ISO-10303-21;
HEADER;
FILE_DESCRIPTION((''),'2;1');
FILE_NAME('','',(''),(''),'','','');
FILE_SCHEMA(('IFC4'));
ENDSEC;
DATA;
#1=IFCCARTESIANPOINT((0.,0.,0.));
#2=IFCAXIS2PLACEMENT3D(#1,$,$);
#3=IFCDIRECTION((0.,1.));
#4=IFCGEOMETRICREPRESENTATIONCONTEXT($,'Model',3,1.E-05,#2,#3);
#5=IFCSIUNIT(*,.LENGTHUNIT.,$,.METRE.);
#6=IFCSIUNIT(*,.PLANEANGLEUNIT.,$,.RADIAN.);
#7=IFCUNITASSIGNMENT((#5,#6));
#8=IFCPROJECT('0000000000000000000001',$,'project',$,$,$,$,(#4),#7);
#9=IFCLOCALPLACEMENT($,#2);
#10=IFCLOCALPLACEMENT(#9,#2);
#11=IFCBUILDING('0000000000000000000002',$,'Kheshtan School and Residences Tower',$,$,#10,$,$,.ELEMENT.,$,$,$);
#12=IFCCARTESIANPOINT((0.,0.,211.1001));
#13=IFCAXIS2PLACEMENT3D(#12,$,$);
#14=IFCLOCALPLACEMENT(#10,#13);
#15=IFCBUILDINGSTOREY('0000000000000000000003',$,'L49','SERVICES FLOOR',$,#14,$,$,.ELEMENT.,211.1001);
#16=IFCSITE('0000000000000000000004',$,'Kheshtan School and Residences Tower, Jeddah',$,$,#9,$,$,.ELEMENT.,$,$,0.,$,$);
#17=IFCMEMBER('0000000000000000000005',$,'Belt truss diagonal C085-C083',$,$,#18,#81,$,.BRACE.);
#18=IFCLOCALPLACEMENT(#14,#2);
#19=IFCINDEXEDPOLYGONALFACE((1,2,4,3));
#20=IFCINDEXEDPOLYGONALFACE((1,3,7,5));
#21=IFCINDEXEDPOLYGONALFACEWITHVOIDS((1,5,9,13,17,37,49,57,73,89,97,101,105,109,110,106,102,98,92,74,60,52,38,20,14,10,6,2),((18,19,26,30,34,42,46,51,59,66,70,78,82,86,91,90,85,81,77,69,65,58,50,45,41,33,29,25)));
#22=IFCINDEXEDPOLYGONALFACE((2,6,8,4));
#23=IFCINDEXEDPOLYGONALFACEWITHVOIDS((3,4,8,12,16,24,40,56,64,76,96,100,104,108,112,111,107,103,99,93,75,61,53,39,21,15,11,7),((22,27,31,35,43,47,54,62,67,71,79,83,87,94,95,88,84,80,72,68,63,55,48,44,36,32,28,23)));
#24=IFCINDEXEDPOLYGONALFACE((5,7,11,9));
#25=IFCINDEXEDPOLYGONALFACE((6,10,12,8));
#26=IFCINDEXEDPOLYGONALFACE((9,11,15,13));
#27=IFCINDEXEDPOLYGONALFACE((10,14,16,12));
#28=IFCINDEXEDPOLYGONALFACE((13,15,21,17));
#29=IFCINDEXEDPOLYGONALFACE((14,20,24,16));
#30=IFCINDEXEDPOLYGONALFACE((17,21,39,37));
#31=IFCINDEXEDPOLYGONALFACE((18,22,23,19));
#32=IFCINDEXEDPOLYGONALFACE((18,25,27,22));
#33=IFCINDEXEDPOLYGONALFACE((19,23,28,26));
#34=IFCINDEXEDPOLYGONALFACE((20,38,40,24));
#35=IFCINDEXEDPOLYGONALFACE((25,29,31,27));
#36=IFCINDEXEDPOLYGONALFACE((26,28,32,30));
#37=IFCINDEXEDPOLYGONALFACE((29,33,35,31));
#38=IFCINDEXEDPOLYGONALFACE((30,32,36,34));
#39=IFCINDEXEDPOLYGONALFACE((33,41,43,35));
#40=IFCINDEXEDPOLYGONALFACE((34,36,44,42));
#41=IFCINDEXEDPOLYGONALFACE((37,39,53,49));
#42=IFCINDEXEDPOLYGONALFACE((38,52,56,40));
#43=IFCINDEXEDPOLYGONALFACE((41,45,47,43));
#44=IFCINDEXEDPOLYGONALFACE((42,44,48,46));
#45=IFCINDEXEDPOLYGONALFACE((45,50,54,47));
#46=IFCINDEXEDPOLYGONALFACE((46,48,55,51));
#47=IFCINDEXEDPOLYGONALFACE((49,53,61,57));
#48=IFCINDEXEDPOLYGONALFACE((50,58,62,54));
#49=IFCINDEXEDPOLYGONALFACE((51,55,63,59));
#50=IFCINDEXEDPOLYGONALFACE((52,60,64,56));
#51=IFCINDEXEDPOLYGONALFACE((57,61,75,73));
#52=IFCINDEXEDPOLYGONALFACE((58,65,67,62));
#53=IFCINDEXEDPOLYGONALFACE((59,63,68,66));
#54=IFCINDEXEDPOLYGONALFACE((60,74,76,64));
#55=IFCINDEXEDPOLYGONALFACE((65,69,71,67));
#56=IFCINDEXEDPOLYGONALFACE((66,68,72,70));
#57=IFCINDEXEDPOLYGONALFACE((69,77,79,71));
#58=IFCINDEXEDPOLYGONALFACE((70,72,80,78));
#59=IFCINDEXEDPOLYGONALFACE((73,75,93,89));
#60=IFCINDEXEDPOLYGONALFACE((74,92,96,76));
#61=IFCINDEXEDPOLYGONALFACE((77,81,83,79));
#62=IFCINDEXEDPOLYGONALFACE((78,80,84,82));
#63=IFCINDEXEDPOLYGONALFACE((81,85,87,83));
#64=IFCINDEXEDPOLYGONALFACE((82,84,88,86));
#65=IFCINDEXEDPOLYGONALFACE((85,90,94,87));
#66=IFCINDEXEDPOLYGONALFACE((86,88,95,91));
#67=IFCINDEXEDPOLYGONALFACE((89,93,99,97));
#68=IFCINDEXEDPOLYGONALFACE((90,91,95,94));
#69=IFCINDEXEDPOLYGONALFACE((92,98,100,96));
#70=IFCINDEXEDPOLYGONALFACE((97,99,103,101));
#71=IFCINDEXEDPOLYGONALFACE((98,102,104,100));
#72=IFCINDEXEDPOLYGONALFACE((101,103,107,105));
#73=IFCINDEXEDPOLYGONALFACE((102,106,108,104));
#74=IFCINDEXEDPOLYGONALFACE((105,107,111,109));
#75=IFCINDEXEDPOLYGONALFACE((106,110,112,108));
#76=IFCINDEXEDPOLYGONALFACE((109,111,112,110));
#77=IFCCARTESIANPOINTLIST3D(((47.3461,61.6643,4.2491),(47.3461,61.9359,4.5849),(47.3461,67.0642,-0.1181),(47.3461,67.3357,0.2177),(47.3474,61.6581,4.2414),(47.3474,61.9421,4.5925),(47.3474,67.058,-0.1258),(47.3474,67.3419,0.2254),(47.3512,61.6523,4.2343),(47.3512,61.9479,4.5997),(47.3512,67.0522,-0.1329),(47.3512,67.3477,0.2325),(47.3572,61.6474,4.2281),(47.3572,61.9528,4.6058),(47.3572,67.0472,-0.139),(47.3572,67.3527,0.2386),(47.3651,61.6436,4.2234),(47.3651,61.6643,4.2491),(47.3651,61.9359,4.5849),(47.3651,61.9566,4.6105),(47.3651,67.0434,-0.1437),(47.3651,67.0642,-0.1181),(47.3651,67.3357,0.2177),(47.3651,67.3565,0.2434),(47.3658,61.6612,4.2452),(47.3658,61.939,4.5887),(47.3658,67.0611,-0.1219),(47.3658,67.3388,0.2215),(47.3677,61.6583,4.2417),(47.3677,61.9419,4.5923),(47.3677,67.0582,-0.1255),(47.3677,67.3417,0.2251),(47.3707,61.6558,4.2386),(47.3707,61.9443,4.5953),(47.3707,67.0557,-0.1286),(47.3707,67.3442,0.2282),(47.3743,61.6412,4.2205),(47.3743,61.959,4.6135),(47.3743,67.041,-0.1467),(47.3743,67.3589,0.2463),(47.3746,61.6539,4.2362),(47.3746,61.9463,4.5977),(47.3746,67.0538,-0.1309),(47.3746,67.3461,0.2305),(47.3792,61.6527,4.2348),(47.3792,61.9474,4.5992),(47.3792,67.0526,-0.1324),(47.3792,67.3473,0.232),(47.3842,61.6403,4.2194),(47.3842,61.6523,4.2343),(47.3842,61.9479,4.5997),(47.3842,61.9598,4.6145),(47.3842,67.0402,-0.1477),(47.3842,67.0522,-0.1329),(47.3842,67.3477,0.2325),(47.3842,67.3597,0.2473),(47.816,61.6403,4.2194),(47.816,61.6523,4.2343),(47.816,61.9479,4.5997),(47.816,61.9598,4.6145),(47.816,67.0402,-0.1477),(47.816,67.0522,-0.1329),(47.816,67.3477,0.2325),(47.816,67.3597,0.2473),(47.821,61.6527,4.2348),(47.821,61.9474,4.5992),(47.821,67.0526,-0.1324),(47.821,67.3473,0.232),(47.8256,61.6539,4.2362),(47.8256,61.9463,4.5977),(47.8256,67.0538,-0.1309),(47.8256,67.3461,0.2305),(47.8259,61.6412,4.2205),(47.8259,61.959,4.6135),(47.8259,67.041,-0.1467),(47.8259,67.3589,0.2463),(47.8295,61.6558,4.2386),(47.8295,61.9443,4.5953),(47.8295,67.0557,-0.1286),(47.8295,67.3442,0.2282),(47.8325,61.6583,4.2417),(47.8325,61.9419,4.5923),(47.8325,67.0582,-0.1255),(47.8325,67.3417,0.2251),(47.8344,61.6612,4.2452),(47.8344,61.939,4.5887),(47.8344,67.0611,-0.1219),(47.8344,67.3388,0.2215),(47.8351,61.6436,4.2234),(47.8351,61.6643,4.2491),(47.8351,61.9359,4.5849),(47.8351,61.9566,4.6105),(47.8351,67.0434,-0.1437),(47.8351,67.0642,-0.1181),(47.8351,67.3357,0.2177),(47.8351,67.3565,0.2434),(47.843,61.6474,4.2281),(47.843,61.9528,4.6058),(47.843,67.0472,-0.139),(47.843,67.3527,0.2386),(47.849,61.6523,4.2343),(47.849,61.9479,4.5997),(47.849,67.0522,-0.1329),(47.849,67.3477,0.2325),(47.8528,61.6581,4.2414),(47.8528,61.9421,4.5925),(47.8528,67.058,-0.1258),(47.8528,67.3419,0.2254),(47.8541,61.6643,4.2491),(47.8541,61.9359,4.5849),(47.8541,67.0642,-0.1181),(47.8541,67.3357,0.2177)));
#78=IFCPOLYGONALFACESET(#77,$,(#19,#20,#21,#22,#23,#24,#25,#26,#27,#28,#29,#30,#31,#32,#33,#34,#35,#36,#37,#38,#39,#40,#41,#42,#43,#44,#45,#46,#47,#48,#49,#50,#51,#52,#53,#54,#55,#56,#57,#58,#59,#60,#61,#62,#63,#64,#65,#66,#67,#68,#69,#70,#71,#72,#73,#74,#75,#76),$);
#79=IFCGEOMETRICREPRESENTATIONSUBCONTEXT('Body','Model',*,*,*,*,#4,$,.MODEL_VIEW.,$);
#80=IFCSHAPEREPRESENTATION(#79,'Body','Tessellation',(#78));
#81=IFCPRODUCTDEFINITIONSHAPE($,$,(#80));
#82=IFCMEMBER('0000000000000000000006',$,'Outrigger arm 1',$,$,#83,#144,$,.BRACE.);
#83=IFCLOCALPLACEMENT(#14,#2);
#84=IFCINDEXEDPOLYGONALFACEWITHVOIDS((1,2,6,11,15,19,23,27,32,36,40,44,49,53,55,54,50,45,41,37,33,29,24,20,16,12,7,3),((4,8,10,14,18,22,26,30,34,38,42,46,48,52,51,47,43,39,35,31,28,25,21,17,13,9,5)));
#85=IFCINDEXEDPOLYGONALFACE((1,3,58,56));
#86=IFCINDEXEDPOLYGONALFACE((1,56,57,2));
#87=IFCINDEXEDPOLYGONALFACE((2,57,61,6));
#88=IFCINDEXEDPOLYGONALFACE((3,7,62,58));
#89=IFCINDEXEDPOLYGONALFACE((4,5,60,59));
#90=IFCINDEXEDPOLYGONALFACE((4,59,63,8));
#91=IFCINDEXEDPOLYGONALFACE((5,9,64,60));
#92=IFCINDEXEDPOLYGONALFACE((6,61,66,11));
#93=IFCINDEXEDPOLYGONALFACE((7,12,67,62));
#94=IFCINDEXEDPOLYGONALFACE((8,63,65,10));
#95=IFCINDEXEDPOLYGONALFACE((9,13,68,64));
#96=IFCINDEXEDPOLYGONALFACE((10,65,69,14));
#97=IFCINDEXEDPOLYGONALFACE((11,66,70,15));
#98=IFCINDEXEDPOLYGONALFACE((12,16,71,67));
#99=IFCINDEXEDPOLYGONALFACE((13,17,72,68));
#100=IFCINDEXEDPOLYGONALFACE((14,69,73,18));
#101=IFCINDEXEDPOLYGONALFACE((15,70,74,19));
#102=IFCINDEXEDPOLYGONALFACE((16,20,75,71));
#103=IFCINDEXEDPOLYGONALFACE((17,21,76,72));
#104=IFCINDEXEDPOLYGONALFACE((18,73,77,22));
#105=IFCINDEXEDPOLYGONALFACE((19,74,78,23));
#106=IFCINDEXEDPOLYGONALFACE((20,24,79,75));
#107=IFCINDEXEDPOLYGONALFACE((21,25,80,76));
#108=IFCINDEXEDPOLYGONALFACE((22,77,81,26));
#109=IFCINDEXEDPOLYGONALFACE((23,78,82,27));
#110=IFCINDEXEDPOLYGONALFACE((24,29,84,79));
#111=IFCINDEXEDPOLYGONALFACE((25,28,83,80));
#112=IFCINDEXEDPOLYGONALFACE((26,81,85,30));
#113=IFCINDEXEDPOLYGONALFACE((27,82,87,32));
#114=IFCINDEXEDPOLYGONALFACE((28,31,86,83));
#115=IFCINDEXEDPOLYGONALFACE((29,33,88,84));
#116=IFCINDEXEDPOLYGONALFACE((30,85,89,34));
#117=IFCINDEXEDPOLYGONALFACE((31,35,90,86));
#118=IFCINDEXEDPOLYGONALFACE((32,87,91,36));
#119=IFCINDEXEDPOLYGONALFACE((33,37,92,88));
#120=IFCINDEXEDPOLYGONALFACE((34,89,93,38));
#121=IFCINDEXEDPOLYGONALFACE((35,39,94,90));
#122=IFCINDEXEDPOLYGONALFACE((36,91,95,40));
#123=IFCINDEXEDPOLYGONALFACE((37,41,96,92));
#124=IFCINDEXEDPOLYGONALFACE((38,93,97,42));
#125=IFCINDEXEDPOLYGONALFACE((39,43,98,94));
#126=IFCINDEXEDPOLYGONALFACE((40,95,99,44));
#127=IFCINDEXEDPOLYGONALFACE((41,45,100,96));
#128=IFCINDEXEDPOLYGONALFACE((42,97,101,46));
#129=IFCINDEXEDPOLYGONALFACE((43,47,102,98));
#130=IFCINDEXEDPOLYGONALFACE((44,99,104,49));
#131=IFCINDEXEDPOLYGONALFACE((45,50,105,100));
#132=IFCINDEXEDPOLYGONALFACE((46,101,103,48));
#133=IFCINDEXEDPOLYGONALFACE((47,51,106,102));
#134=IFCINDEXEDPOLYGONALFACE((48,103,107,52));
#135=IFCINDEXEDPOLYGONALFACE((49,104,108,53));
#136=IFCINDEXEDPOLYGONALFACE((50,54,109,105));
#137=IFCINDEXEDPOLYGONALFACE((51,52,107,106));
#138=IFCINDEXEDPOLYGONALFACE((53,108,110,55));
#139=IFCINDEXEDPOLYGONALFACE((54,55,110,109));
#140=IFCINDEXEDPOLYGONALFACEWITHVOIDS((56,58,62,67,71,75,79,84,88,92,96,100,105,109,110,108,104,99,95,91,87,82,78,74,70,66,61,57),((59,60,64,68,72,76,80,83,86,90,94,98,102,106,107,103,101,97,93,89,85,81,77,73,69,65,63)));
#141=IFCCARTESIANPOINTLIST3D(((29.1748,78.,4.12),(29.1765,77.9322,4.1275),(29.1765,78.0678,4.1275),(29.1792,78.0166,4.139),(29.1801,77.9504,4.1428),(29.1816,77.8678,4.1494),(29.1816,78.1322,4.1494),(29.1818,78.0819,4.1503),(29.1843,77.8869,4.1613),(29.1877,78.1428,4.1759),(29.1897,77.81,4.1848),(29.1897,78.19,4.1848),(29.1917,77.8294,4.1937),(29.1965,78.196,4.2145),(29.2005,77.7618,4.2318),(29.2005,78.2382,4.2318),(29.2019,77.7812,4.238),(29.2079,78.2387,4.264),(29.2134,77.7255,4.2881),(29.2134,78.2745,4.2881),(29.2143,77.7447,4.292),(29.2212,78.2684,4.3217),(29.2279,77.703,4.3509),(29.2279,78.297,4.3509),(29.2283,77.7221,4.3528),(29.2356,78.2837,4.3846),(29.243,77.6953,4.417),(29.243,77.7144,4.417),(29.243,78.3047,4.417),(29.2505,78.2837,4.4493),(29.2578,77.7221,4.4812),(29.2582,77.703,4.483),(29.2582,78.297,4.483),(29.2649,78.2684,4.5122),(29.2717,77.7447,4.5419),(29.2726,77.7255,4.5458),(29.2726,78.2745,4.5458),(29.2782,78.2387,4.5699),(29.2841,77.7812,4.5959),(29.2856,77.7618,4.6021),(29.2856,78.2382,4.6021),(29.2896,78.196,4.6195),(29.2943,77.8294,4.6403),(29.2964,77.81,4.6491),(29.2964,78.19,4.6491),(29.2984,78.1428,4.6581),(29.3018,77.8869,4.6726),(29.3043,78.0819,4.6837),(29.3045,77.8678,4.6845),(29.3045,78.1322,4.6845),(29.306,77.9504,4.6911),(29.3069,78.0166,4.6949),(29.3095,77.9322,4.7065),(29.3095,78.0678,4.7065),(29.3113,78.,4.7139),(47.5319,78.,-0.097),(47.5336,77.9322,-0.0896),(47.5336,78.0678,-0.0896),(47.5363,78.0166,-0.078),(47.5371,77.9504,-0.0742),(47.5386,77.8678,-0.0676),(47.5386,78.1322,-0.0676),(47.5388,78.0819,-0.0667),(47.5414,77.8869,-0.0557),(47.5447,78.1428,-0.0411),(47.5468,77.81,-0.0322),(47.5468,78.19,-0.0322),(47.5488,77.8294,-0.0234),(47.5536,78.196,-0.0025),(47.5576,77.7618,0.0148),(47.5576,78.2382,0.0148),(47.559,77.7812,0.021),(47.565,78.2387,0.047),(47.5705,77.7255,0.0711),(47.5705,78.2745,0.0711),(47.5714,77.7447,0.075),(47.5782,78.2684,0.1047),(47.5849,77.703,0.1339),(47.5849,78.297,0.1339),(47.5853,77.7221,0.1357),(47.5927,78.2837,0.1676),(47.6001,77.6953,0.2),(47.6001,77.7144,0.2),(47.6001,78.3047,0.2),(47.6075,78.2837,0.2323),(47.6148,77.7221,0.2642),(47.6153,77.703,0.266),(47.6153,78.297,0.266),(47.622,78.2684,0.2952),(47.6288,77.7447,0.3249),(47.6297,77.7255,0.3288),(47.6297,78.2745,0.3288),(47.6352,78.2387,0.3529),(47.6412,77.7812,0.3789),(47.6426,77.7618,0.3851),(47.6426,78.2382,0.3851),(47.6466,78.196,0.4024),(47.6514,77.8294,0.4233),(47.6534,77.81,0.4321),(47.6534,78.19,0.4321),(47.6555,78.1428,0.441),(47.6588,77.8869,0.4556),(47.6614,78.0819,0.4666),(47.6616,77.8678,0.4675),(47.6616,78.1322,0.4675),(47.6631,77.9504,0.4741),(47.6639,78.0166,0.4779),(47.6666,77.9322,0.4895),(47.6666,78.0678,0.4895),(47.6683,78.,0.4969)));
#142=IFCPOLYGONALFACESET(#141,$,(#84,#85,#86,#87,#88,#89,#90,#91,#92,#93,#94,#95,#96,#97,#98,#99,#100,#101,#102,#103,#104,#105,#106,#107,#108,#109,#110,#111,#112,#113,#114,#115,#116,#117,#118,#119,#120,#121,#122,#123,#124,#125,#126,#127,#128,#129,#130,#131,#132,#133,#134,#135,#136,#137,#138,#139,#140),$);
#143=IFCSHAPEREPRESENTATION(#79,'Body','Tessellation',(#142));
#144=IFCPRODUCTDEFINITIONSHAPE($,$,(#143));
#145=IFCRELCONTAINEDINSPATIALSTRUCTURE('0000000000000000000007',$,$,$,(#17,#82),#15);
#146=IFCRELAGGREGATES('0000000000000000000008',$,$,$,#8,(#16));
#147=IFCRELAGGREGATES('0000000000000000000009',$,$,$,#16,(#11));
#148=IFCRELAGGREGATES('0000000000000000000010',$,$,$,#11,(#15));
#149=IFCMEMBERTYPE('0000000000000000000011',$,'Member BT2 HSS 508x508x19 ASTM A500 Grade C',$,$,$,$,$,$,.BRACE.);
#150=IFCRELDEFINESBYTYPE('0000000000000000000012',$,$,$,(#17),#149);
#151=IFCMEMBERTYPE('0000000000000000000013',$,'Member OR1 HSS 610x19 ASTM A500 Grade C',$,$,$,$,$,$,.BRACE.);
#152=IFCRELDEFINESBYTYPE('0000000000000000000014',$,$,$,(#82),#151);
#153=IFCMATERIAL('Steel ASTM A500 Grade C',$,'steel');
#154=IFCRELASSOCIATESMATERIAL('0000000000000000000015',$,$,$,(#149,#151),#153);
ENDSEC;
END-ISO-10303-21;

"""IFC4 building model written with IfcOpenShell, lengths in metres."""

from ifc_helpers import new_model, si_unit, direction, frame, origin, origin_2d, place, context, subcontext, project, spatial, hollow_rectangle, hollow_circle, extrude, material, material_profile, profile_set, type_object, element, save


model = new_model("IFC4")

# Units and contexts
model_context = context("Model", 3, precision=1e-05, world=origin(), true_north=direction((0.0, 1.0)))
body_context = subcontext(model_context, "Body", "Model", "MODEL_VIEW")
ifc_project = project(units=[si_unit("LENGTHUNIT", "METRE"), si_unit("PLANEANGLEUNIT", "RADIAN")], contexts=[model_context])

# Site, building, storey
site_placement = place(None, origin())
site = spatial("IfcSite", under=ifc_project, at=site_placement, Name="Kheshtan School and Residences Tower, Jeddah", CompositionType="ELEMENT", RefElevation=0.0)
building_placement = place(site_placement, origin())
building = spatial("IfcBuilding", under=site, at=building_placement, Name="Kheshtan School and Residences Tower", CompositionType="ELEMENT")
storey_placement = place(building_placement, frame((0.0, 0.0, 211.1001)))
storey = spatial("IfcBuildingStorey", under=building, at=storey_placement, Name="L49", Description="SERVICES FLOOR", CompositionType="ELEMENT", Elevation=211.1001)

# Members
ifc_material_1 = material(Name="Steel ASTM A500 Grade C", Category="steel")
ifc_material_profile_1 = material_profile(ifc_material_1, hollow_rectangle(XDim=0.5081, YDim=0.5081, WallThickness=0.019, InnerFilletRadius=0.019, OuterFilletRadius=0.0381, at=origin_2d()), Name="HSS 508x508x19")
ifc_profile_set_1 = profile_set([ifc_material_profile_1], Name="Steel ASTM A500 Grade C")
member_type_1 = type_object("IfcMemberType", Name="Member BT2 HSS 508x508x19 ASTM A500 Grade C", PredefinedType="BRACE", material=ifc_profile_set_1)
member_1_placement = place(storey_placement, frame((47.6001, 67.2, 0.0498), z_axis=(0.0, -0.777538, 0.628836), x_axis=(1.0, 0.0, 0.0)))
element("IfcMember", 1, at=member_1_placement, inside=storey, type_object=member_type_1, Name="Belt truss diagonal C085-C083", PredefinedType="BRACE", context=body_context, shape_type="SweptSolid", body=[
    extrude(hollow_rectangle(XDim=0.5081, YDim=0.5081, WallThickness=0.019, InnerFilletRadius=0.019, OuterFilletRadius=0.0381, at=origin_2d()), origin(), (0.0, 0.0, 1.0), 6.9448),
])
ifc_material_profile_2 = material_profile(ifc_material_1, hollow_circle(Radius=0.3047, WallThickness=0.019, at=origin_2d()), Name="HSS 610x19")
ifc_profile_set_2 = profile_set([ifc_material_profile_2], Name="Steel ASTM A500 Grade C")
member_type_2 = type_object("IfcMemberType", Name="Member OR1 HSS 610x19 ASTM A500 Grade C", PredefinedType="BRACE", material=ifc_profile_set_2)
member_2_placement = place(storey_placement, frame((47.6001, 78.0, 0.2), z_axis=(-0.974614, 0.0, 0.22389), x_axis=(0.0, -1.0, 0.0)))
element("IfcMember", 2, at=member_2_placement, inside=storey, type_object=member_type_2, Name="Outrigger arm 1", PredefinedType="BRACE", context=body_context, shape_type="SweptSolid", body=[
    extrude(hollow_circle(Radius=0.3047, WallThickness=0.019, at=origin_2d()), origin(), (0.0, 0.0, 1.0), 18.8352),
])

save(model, "model.ifc")
